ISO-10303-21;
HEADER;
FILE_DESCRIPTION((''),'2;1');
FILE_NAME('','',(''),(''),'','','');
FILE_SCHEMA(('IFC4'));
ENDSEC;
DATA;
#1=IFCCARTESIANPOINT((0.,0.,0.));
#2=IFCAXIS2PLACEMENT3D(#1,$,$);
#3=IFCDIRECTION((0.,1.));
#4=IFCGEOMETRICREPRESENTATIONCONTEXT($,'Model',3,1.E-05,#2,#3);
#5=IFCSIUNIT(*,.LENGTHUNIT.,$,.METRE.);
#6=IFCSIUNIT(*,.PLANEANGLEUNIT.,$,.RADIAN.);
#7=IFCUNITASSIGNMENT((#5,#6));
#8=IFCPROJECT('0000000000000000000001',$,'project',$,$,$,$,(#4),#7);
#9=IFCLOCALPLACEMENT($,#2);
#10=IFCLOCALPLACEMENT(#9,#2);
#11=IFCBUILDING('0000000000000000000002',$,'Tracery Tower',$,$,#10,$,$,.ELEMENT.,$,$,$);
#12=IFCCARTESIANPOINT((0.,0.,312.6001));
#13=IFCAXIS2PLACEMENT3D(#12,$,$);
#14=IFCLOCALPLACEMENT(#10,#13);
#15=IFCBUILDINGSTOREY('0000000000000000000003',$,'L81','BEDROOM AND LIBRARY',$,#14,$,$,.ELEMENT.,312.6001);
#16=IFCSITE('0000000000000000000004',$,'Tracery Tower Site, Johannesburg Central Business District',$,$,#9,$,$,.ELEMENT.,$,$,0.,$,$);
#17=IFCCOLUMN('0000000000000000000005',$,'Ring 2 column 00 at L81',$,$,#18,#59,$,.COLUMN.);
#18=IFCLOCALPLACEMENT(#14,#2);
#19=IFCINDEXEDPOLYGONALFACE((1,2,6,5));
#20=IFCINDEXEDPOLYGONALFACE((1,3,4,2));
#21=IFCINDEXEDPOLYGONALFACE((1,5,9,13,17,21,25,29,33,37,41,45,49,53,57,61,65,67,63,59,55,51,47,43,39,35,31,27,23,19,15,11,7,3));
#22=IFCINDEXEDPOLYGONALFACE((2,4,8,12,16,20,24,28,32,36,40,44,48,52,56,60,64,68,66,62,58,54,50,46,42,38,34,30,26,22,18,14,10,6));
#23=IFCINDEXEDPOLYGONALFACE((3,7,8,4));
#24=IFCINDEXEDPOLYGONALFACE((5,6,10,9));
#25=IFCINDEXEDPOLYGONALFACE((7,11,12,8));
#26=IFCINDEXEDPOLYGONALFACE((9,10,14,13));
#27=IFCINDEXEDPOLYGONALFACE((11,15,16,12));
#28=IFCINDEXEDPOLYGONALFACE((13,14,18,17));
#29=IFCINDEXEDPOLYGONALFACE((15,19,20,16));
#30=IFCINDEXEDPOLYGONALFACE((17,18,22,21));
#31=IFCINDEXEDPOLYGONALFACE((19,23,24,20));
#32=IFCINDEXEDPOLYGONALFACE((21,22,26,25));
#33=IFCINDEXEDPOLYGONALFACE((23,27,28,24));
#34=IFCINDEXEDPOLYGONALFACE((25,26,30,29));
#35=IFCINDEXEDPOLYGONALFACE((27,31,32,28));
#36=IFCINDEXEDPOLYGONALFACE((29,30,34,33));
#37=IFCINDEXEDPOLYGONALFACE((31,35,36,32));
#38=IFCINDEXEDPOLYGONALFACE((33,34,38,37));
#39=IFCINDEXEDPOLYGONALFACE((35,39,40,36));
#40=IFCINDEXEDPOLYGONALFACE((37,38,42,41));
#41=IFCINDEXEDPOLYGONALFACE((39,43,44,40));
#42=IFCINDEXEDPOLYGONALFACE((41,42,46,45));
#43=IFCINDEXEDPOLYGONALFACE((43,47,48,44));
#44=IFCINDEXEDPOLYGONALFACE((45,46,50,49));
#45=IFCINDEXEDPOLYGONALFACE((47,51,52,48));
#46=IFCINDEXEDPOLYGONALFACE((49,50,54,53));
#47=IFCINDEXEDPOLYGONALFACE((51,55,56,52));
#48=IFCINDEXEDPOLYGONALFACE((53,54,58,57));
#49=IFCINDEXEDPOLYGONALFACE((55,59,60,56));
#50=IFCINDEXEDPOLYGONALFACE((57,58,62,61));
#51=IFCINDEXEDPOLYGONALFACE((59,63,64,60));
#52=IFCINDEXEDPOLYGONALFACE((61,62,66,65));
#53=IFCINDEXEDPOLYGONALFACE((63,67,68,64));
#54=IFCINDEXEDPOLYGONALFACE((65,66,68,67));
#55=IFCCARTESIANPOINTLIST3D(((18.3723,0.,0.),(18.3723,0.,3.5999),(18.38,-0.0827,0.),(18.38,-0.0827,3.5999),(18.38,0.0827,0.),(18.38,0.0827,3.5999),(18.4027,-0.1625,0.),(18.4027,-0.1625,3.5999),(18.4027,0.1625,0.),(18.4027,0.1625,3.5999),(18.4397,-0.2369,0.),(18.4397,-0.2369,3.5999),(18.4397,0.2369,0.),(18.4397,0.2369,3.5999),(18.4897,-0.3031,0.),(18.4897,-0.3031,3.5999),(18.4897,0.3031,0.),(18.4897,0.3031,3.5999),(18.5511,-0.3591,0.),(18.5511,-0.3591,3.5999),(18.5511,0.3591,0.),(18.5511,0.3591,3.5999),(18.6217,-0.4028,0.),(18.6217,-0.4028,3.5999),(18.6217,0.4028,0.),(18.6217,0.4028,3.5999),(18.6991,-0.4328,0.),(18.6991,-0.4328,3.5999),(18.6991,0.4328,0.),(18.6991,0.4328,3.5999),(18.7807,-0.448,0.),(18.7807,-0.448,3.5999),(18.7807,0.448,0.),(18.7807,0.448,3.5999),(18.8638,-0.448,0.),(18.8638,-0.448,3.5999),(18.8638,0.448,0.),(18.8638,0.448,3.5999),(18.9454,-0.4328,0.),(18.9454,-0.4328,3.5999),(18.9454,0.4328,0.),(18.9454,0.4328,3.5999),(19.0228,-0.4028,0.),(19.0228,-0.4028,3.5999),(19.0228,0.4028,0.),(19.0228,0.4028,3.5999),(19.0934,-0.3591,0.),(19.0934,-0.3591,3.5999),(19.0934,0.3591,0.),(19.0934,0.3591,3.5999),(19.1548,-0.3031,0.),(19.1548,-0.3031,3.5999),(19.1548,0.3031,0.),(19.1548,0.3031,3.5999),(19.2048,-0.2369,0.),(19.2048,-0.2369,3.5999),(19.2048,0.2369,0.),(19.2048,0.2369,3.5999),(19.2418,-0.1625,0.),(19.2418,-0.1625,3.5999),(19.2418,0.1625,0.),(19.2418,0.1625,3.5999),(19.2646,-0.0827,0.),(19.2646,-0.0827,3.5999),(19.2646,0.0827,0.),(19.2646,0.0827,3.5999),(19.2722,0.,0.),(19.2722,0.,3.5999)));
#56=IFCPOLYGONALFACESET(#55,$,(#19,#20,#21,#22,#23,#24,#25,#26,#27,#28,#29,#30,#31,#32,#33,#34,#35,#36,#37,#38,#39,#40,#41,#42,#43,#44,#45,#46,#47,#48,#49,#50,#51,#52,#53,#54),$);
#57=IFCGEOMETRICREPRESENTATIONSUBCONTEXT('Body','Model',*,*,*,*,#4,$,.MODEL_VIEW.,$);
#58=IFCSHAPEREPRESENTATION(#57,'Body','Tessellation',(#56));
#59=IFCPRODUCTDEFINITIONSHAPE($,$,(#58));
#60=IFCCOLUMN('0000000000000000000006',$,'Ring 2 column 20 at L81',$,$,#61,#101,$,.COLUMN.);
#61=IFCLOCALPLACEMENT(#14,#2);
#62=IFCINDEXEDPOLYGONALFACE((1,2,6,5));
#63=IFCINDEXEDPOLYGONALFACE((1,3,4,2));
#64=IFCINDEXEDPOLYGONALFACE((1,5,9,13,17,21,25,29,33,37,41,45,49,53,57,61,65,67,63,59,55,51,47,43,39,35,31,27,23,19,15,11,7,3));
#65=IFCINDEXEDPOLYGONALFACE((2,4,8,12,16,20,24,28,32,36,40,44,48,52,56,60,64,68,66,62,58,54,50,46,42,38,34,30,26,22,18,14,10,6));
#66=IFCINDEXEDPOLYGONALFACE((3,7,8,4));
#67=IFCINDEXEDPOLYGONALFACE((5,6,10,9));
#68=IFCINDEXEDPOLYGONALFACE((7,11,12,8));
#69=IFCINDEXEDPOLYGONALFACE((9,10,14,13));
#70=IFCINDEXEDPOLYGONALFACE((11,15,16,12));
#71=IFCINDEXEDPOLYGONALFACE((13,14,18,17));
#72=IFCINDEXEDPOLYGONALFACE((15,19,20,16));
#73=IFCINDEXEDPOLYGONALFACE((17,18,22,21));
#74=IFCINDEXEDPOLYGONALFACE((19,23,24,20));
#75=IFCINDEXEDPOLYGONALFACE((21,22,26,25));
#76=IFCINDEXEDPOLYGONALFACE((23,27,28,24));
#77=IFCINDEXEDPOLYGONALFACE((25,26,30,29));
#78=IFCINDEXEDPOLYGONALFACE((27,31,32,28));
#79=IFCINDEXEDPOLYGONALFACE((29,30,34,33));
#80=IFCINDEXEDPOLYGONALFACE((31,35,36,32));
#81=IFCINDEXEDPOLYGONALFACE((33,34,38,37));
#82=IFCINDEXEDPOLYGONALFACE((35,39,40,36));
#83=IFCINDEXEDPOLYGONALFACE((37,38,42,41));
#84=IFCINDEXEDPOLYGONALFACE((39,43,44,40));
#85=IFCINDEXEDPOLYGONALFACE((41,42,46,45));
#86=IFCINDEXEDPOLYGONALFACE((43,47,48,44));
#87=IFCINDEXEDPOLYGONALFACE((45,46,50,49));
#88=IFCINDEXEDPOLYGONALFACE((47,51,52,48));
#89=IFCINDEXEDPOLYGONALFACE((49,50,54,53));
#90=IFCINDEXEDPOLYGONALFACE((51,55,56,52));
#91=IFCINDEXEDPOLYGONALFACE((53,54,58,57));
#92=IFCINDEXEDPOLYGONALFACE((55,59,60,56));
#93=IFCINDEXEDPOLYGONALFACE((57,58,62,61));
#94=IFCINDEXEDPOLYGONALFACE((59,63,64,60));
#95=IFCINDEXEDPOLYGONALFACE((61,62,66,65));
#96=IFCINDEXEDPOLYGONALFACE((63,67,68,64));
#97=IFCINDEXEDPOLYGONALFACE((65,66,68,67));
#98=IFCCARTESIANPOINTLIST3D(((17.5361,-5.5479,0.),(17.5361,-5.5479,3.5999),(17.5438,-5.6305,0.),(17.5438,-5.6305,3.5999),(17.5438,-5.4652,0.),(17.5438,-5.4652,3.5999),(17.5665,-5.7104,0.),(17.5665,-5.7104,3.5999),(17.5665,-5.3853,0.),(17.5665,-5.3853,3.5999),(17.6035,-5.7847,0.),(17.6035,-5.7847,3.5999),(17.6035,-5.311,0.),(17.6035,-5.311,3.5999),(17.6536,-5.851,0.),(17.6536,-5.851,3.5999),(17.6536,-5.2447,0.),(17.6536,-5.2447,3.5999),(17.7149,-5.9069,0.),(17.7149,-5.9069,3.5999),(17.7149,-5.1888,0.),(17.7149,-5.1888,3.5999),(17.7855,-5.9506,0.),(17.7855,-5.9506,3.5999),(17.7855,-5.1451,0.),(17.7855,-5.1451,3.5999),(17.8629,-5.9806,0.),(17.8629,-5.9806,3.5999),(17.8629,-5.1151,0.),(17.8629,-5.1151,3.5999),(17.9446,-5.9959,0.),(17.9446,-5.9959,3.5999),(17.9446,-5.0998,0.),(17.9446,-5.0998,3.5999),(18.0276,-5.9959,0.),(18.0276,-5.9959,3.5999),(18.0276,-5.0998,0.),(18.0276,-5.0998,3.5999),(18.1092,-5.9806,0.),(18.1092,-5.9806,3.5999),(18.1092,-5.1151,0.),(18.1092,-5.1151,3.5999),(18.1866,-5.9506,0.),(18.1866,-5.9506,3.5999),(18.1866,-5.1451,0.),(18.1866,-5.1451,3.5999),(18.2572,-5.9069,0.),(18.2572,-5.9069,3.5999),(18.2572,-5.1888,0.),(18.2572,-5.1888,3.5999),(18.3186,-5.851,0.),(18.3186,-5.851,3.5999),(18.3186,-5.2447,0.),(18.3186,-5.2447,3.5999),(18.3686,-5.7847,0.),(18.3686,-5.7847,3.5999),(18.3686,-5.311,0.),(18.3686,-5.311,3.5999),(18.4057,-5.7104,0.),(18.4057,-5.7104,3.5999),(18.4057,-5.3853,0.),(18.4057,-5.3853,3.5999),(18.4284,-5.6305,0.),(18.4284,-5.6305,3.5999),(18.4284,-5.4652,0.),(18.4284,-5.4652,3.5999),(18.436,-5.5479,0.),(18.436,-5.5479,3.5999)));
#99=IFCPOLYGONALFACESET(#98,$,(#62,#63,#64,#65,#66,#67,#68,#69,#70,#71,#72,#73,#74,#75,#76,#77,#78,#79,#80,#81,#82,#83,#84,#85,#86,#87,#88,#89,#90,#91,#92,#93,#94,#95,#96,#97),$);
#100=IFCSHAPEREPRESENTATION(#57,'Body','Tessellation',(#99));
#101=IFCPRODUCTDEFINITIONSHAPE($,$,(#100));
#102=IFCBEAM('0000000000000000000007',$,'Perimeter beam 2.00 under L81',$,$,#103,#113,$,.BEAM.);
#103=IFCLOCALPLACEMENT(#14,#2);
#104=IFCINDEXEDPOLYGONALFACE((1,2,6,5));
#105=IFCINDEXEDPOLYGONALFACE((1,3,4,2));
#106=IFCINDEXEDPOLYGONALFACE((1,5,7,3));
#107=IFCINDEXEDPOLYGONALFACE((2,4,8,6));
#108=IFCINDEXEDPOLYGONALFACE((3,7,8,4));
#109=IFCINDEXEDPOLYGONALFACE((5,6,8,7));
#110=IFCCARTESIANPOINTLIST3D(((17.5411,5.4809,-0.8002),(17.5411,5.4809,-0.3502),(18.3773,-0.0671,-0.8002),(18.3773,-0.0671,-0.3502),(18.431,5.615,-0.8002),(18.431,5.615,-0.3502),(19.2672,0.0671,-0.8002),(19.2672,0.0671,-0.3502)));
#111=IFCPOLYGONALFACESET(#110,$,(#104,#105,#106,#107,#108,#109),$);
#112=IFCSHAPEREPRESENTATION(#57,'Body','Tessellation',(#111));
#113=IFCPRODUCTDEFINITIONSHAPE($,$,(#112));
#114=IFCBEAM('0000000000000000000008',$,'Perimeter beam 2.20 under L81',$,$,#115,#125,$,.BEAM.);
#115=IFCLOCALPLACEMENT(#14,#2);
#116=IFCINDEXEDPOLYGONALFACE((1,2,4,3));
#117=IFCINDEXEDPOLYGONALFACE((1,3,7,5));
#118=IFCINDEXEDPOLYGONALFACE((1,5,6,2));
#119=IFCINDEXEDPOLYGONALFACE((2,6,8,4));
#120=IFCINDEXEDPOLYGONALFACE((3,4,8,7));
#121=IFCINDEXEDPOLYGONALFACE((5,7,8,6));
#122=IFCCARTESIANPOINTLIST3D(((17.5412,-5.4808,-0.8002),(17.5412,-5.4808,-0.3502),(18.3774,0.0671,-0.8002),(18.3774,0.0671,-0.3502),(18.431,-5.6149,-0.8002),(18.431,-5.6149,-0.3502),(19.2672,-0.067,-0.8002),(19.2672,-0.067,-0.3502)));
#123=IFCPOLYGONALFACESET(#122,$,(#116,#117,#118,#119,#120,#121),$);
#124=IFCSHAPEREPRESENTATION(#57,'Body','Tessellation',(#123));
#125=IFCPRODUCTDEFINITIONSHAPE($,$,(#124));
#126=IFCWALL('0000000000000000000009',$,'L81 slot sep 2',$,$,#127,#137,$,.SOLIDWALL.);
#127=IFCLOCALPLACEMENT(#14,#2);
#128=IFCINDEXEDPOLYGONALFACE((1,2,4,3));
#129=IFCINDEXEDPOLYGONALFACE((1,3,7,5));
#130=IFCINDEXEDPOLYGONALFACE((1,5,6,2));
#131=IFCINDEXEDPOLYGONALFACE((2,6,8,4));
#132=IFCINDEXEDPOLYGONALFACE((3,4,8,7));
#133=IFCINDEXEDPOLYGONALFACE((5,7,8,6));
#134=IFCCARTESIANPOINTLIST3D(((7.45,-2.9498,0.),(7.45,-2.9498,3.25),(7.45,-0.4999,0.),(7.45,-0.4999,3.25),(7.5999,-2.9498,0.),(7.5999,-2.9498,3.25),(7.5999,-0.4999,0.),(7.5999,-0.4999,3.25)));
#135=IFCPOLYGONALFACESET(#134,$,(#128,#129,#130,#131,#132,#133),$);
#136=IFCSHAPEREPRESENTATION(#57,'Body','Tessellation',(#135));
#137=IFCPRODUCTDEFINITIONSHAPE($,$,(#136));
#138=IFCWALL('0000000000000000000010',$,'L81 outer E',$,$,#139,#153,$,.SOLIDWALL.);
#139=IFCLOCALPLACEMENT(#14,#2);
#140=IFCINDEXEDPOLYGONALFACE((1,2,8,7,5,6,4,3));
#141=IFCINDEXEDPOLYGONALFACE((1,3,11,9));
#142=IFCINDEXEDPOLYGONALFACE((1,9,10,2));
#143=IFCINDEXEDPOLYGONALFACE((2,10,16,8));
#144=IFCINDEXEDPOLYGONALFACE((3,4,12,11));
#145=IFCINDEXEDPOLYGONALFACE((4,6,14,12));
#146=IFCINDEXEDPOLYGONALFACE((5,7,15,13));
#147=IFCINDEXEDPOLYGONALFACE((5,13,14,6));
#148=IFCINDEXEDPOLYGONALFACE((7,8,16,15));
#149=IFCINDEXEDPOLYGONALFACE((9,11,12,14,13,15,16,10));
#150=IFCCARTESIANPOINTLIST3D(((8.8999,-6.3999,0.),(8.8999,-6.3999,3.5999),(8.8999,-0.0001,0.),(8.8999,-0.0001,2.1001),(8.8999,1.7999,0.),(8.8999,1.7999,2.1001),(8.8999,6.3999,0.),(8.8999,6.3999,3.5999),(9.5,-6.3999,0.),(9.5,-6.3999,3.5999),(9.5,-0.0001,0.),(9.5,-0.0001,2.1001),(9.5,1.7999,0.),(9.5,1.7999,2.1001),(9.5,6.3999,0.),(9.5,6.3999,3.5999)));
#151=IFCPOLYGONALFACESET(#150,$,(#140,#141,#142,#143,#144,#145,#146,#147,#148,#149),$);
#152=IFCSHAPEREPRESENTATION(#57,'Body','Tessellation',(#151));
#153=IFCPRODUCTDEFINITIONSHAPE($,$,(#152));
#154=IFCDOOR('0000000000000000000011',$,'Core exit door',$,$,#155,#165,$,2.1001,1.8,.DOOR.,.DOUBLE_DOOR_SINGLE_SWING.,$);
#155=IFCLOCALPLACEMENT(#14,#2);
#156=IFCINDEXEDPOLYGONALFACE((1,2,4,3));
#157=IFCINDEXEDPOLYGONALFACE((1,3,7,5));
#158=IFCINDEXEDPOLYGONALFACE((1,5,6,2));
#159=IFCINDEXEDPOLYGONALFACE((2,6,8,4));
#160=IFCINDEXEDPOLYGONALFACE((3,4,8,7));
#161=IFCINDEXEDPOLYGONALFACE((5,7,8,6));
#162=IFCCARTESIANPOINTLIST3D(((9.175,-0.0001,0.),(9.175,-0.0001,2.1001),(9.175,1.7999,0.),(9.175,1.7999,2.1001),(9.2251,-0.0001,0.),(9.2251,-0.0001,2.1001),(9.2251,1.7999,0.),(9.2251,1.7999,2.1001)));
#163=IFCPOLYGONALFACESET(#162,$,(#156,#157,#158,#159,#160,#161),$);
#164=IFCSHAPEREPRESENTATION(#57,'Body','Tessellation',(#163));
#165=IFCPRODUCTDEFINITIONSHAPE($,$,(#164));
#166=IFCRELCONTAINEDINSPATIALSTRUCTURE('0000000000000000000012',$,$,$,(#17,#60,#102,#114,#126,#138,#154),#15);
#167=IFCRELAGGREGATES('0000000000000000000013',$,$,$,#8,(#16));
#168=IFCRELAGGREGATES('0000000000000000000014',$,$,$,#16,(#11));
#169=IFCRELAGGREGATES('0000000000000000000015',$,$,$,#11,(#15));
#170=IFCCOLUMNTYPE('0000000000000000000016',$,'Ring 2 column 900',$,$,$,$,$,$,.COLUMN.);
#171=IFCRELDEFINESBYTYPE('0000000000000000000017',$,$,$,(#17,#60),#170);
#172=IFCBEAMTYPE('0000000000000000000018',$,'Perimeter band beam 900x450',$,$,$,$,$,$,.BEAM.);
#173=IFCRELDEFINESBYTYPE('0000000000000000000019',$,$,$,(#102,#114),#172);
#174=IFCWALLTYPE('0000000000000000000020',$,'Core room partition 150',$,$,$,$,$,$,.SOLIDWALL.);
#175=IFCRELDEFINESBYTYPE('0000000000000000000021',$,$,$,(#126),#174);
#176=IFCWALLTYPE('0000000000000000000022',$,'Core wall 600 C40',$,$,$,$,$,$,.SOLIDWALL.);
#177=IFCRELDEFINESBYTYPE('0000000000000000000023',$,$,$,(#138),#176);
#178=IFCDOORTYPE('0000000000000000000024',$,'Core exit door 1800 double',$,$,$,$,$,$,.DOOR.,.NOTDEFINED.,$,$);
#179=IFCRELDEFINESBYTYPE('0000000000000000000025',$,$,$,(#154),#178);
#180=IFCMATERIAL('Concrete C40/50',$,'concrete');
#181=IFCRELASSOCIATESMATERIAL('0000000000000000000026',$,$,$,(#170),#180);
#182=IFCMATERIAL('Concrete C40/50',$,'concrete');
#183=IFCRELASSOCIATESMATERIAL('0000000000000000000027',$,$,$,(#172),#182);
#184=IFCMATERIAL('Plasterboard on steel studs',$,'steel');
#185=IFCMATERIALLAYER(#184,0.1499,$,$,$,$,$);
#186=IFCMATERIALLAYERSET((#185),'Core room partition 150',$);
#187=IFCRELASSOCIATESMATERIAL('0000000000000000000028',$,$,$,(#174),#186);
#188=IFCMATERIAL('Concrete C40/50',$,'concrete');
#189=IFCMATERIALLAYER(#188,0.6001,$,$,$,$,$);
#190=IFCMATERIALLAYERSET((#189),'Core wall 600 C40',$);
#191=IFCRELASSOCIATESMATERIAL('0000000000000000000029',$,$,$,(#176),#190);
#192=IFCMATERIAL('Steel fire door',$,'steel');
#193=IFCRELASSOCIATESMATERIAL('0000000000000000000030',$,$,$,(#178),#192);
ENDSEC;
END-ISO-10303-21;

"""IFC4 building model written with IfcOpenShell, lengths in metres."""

from ifc_helpers import new_model, si_unit, direction, frame, frame_2d, origin, origin_2d, place, context, subcontext, project, spatial, rectangle, circle, extrude, material, layer, layer_set, material_profile, profile_set, type_object, element, fill, save


model = new_model("IFC4")

# Units and contexts
model_context = context("Model", 3, precision=1e-05, world=origin(), true_north=direction((0.0, 1.0)))
body_context = subcontext(model_context, "Body", "Model", "MODEL_VIEW")
ifc_project = project(units=[si_unit("LENGTHUNIT", "METRE"), si_unit("PLANEANGLEUNIT", "RADIAN")], contexts=[model_context])

# Site, building, storey
site_placement = place(None, origin())
site = spatial("IfcSite", under=ifc_project, at=site_placement, Name="Tracery Tower Site, Johannesburg Central Business District", CompositionType="ELEMENT", RefElevation=0.0)
building_placement = place(site_placement, origin())
building = spatial("IfcBuilding", under=site, at=building_placement, Name="Tracery Tower", CompositionType="ELEMENT")
storey_placement = place(building_placement, frame((0.0, 0.0, 312.6001)))
storey = spatial("IfcBuildingStorey", under=building, at=storey_placement, Name="L81", Description="BEDROOM AND LIBRARY", CompositionType="ELEMENT", Elevation=312.6001)

# Columns
ifc_material_1 = material(Name="Concrete C40/50", Category="concrete")
ifc_material_profile_1 = material_profile(ifc_material_1, circle(Radius=0.45, at=origin_2d()), Name="RC D900")
ifc_profile_set_1 = profile_set([ifc_material_profile_1], Name="Concrete C40/50")
column_type = type_object("IfcColumnType", Name="Ring 2 column 900", PredefinedType="COLUMN", material=ifc_profile_set_1)
for number, where, z_axis, x_axis, name in (
    (1, (18.8223, 0.0, 0.0), (0.0, 0.0, 1.0), (1.0, 0.0, 0.0), "Ring 2 column 00 at L81"),
    (2, (17.9861, -5.5479, 0.0), (0.0, 0.0, 1.0), (1.0, 0.0, 0.0), "Ring 2 column 20 at L81"),
):
    element("IfcColumn", number, at=place(storey_placement, frame(where, z_axis=z_axis, x_axis=x_axis)), inside=storey, type_object=column_type, Name=name, PredefinedType="COLUMN", context=body_context, shape_type="SweptSolid", body=[
        extrude(circle(Radius=0.45, at=origin_2d()), origin(), (0.0, 0.0, 1.0), 3.5999),
    ])

# Beams
ifc_material_2 = material(Name="Concrete C40/50", Category="concrete")
ifc_material_profile_2 = material_profile(ifc_material_2, rectangle(XDim=0.8999, YDim=0.45, at=origin_2d()), Name="RC 900x450")
ifc_profile_set_2 = profile_set([ifc_material_profile_2], Name="Concrete C40/50")
beam_type = type_object("IfcBeamType", Name="Perimeter band beam 900x450", PredefinedType="BEAM", material=ifc_profile_set_2)
for number, where, z_axis, x_axis, name in (
    (3, (18.8223, 0.0, -0.5752), (-0.149038, 0.988831, 0.0), (-0.988831, -0.149038, 0.0), "Perimeter beam 2.00 under L81"),
    (4, (17.9861, -5.5479, -0.5752), (0.149038, 0.988831, 0.0), (-0.988831, 0.149038, 0.0), "Perimeter beam 2.20 under L81"),
):
    element("IfcBeam", number, at=place(storey_placement, frame(where, z_axis=z_axis, x_axis=x_axis)), inside=storey, type_object=beam_type, Name=name, PredefinedType="BEAM", context=body_context, shape_type="SweptSolid", body=[
        extrude(rectangle(XDim=0.8999, YDim=0.45, at=origin_2d()), origin(), (0.0, 0.0, 1.0), 5.6106),
    ])

# Wall
ifc_material_3 = material(Name="Plasterboard on steel studs", Category="steel")
ifc_layer_1 = layer(ifc_material_3, 0.1499)
ifc_layer_set_1 = layer_set([ifc_layer_1], Name="Core room partition 150")
wall_type_1 = type_object("IfcWallType", Name="Core room partition 150", PredefinedType="SOLIDWALL", material=ifc_layer_set_1)
wall_1_placement = place(storey_placement, frame((7.5249, -2.95, 0.0), z_axis=(0.0, 0.0, 1.0), x_axis=(0.0, 1.0, 0.0)))
element("IfcWall", 5, at=wall_1_placement, inside=storey, type_object=wall_type_1, Name="L81 slot sep 2", PredefinedType="SOLIDWALL", context=body_context, shape_type="SweptSolid", body=[
    extrude(rectangle(XDim=2.45, YDim=0.1499, at=frame_2d((1.2251, 0.0))), origin(), (0.0, 0.0, 1.0), 3.25),
])

# Wall, opening, door
ifc_material_4 = material(Name="Concrete C40/50", Category="concrete")
ifc_layer_2 = layer(ifc_material_4, 0.6001)
ifc_layer_set_2 = layer_set([ifc_layer_2], Name="Core wall 600 C40")
wall_type_2 = type_object("IfcWallType", Name="Core wall 600 C40", PredefinedType="SOLIDWALL", material=ifc_layer_set_2)
wall_2_placement = place(storey_placement, frame((9.2, -6.3999, 0.0), z_axis=(0.0, 0.0, 1.0), x_axis=(0.0, 1.0, 0.0)))
wall_2 = element("IfcWall", 6, at=wall_2_placement, inside=storey, type_object=wall_type_2, Name="L81 outer E", PredefinedType="SOLIDWALL", context=body_context, shape_type="SweptSolid", body=[
    extrude(rectangle(XDim=12.7998, YDim=0.6001, at=frame_2d((6.3999, 0.0))), origin(), (0.0, 0.0, 1.0), 3.5999),
])
opening_1_placement = place(wall_2_placement, frame((6.3999, 0.0, 0.0)))
opening_1 = element("IfcOpeningElement", 7, at=opening_1_placement, cuts=wall_2, PredefinedType="OPENING", context=body_context, shape_type="SweptSolid", body=[
    extrude(rectangle(XDim=1.8, YDim=2.1001, at=frame_2d((0.8999, 1.05))), frame((0.0, 0.3, 0.0), z_axis=(0.0, -1.0, 0.0), x_axis=(1.0, 0.0, 0.0)), (0.0, 0.0, 1.0), 0.6001),
])
ifc_material_5 = material(Name="Steel fire door", Category="steel")
door_type_1 = type_object("IfcDoorType", Name="Core exit door 1800 double", OperationType="NOTDEFINED", PredefinedType="DOOR", material=ifc_material_5)
door_1_placement = place(opening_1_placement, origin())
door_1 = element("IfcDoor", 8, at=door_1_placement, inside=storey, type_object=door_type_1, Name="Core exit door", OperationType="DOUBLE_DOOR_SINGLE_SWING", OverallHeight=2.1001, OverallWidth=1.8, PredefinedType="DOOR", context=body_context, shape_type="SweptSolid", body=[
    extrude(rectangle(XDim=1.8, YDim=2.1001, at=frame_2d((0.8999, 1.05))), frame((0.0, 0.0249, 0.0), z_axis=(0.0, -1.0, 0.0), x_axis=(1.0, 0.0, 0.0)), (0.0, 0.0, 1.0), 0.05),
])
fill(opening_1, door_1)

save(model, "model.ifc")
